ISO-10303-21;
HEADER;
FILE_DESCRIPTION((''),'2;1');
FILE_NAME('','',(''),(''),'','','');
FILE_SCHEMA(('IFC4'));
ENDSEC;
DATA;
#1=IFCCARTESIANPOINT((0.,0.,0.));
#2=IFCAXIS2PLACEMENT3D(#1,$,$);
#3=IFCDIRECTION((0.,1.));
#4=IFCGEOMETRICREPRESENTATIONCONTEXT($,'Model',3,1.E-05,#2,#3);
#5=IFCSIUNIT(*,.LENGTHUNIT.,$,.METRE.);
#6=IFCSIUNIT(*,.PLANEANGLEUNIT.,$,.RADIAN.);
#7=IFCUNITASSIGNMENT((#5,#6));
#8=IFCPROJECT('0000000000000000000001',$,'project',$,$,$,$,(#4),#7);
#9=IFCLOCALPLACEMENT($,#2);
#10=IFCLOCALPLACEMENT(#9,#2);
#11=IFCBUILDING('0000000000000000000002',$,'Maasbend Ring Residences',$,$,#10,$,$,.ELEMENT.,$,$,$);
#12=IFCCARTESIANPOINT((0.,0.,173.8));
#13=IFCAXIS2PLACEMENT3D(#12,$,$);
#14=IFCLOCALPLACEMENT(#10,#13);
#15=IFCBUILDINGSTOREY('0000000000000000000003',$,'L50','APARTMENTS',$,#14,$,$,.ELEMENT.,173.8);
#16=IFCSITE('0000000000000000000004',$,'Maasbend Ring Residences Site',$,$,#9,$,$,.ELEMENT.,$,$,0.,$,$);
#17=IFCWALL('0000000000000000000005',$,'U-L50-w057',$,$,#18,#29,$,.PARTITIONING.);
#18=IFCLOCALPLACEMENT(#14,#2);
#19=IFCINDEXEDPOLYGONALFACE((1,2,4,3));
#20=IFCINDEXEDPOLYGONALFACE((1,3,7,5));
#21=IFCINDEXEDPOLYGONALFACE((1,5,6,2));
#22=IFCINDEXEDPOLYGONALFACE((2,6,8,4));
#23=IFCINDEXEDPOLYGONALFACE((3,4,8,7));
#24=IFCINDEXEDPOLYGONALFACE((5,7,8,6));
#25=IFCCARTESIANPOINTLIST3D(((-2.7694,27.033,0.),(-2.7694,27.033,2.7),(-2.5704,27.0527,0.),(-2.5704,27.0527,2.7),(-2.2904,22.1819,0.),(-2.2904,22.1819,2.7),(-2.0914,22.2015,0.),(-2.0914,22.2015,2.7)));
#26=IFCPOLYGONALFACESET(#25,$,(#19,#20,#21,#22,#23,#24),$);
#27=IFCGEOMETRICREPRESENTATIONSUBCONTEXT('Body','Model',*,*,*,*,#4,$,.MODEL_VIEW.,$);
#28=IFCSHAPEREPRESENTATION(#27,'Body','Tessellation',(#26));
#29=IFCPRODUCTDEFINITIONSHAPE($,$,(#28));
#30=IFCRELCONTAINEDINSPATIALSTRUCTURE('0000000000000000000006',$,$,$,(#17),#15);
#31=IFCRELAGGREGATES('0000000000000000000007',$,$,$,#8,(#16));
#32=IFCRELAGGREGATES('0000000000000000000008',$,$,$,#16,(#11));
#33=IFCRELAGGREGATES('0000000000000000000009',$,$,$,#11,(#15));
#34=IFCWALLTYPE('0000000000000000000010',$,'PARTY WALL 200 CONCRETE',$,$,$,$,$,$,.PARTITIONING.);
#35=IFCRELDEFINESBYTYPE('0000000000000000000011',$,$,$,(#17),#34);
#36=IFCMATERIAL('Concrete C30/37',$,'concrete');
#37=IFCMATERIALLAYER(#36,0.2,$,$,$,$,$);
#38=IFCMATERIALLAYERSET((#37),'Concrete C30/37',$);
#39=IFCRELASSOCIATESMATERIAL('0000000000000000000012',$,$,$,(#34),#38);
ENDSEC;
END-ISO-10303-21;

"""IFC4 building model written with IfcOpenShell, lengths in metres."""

from ifc_helpers import new_model, si_unit, direction, frame, frame_2d, origin, place, context, subcontext, project, spatial, rectangle, extrude, material, layer, layer_set, type_object, element, save


model = new_model("IFC4")

# Units and contexts
model_context = context("Model", 3, precision=1e-05, world=origin(), true_north=direction((0.0, 1.0)))
body_context = subcontext(model_context, "Body", "Model", "MODEL_VIEW")
ifc_project = project(units=[si_unit("LENGTHUNIT", "METRE"), si_unit("PLANEANGLEUNIT", "RADIAN")], contexts=[model_context])

# Site, building, storey
site_placement = place(None, origin())
site = spatial("IfcSite", under=ifc_project, at=site_placement, Name="Maasbend Ring Residences Site", CompositionType="ELEMENT", RefElevation=0.0)
building_placement = place(site_placement, origin())
building = spatial("IfcBuilding", under=site, at=building_placement, Name="Maasbend Ring Residences", CompositionType="ELEMENT")
storey_placement = place(building_placement, frame((0.0, 0.0, 173.8)))
storey = spatial("IfcBuildingStorey", under=building, at=storey_placement, Name="L50", Description="APARTMENTS", CompositionType="ELEMENT", Elevation=173.8)

# Wall
ifc_material_1 = material(Name="Concrete C30/37", Category="concrete")
ifc_layer_1 = layer(ifc_material_1, 0.2)
ifc_layer_set_1 = layer_set([ifc_layer_1], Name="Concrete C30/37")
wall_type_1 = type_object("IfcWallType", Name="PARTY WALL 200 CONCRETE", PredefinedType="PARTITIONING", material=ifc_layer_set_1)
wall_1_placement = place(storey_placement, frame((-2.6699, 27.043, 0.0), z_axis=(0.0, 0.0, 1.0), x_axis=(0.098264, -0.99516, 0.0)))
element("IfcWall", 1, at=wall_1_placement, inside=storey, type_object=wall_type_1, Name="U-L50-w057", PredefinedType="PARTITIONING", context=body_context, shape_type="SweptSolid", body=[
    extrude(rectangle(XDim=4.8748, YDim=0.2, at=frame_2d((2.4375, 0.0))), origin(), (0.0, 0.0, 1.0), 2.7),
])

save(model, "model.ifc")
